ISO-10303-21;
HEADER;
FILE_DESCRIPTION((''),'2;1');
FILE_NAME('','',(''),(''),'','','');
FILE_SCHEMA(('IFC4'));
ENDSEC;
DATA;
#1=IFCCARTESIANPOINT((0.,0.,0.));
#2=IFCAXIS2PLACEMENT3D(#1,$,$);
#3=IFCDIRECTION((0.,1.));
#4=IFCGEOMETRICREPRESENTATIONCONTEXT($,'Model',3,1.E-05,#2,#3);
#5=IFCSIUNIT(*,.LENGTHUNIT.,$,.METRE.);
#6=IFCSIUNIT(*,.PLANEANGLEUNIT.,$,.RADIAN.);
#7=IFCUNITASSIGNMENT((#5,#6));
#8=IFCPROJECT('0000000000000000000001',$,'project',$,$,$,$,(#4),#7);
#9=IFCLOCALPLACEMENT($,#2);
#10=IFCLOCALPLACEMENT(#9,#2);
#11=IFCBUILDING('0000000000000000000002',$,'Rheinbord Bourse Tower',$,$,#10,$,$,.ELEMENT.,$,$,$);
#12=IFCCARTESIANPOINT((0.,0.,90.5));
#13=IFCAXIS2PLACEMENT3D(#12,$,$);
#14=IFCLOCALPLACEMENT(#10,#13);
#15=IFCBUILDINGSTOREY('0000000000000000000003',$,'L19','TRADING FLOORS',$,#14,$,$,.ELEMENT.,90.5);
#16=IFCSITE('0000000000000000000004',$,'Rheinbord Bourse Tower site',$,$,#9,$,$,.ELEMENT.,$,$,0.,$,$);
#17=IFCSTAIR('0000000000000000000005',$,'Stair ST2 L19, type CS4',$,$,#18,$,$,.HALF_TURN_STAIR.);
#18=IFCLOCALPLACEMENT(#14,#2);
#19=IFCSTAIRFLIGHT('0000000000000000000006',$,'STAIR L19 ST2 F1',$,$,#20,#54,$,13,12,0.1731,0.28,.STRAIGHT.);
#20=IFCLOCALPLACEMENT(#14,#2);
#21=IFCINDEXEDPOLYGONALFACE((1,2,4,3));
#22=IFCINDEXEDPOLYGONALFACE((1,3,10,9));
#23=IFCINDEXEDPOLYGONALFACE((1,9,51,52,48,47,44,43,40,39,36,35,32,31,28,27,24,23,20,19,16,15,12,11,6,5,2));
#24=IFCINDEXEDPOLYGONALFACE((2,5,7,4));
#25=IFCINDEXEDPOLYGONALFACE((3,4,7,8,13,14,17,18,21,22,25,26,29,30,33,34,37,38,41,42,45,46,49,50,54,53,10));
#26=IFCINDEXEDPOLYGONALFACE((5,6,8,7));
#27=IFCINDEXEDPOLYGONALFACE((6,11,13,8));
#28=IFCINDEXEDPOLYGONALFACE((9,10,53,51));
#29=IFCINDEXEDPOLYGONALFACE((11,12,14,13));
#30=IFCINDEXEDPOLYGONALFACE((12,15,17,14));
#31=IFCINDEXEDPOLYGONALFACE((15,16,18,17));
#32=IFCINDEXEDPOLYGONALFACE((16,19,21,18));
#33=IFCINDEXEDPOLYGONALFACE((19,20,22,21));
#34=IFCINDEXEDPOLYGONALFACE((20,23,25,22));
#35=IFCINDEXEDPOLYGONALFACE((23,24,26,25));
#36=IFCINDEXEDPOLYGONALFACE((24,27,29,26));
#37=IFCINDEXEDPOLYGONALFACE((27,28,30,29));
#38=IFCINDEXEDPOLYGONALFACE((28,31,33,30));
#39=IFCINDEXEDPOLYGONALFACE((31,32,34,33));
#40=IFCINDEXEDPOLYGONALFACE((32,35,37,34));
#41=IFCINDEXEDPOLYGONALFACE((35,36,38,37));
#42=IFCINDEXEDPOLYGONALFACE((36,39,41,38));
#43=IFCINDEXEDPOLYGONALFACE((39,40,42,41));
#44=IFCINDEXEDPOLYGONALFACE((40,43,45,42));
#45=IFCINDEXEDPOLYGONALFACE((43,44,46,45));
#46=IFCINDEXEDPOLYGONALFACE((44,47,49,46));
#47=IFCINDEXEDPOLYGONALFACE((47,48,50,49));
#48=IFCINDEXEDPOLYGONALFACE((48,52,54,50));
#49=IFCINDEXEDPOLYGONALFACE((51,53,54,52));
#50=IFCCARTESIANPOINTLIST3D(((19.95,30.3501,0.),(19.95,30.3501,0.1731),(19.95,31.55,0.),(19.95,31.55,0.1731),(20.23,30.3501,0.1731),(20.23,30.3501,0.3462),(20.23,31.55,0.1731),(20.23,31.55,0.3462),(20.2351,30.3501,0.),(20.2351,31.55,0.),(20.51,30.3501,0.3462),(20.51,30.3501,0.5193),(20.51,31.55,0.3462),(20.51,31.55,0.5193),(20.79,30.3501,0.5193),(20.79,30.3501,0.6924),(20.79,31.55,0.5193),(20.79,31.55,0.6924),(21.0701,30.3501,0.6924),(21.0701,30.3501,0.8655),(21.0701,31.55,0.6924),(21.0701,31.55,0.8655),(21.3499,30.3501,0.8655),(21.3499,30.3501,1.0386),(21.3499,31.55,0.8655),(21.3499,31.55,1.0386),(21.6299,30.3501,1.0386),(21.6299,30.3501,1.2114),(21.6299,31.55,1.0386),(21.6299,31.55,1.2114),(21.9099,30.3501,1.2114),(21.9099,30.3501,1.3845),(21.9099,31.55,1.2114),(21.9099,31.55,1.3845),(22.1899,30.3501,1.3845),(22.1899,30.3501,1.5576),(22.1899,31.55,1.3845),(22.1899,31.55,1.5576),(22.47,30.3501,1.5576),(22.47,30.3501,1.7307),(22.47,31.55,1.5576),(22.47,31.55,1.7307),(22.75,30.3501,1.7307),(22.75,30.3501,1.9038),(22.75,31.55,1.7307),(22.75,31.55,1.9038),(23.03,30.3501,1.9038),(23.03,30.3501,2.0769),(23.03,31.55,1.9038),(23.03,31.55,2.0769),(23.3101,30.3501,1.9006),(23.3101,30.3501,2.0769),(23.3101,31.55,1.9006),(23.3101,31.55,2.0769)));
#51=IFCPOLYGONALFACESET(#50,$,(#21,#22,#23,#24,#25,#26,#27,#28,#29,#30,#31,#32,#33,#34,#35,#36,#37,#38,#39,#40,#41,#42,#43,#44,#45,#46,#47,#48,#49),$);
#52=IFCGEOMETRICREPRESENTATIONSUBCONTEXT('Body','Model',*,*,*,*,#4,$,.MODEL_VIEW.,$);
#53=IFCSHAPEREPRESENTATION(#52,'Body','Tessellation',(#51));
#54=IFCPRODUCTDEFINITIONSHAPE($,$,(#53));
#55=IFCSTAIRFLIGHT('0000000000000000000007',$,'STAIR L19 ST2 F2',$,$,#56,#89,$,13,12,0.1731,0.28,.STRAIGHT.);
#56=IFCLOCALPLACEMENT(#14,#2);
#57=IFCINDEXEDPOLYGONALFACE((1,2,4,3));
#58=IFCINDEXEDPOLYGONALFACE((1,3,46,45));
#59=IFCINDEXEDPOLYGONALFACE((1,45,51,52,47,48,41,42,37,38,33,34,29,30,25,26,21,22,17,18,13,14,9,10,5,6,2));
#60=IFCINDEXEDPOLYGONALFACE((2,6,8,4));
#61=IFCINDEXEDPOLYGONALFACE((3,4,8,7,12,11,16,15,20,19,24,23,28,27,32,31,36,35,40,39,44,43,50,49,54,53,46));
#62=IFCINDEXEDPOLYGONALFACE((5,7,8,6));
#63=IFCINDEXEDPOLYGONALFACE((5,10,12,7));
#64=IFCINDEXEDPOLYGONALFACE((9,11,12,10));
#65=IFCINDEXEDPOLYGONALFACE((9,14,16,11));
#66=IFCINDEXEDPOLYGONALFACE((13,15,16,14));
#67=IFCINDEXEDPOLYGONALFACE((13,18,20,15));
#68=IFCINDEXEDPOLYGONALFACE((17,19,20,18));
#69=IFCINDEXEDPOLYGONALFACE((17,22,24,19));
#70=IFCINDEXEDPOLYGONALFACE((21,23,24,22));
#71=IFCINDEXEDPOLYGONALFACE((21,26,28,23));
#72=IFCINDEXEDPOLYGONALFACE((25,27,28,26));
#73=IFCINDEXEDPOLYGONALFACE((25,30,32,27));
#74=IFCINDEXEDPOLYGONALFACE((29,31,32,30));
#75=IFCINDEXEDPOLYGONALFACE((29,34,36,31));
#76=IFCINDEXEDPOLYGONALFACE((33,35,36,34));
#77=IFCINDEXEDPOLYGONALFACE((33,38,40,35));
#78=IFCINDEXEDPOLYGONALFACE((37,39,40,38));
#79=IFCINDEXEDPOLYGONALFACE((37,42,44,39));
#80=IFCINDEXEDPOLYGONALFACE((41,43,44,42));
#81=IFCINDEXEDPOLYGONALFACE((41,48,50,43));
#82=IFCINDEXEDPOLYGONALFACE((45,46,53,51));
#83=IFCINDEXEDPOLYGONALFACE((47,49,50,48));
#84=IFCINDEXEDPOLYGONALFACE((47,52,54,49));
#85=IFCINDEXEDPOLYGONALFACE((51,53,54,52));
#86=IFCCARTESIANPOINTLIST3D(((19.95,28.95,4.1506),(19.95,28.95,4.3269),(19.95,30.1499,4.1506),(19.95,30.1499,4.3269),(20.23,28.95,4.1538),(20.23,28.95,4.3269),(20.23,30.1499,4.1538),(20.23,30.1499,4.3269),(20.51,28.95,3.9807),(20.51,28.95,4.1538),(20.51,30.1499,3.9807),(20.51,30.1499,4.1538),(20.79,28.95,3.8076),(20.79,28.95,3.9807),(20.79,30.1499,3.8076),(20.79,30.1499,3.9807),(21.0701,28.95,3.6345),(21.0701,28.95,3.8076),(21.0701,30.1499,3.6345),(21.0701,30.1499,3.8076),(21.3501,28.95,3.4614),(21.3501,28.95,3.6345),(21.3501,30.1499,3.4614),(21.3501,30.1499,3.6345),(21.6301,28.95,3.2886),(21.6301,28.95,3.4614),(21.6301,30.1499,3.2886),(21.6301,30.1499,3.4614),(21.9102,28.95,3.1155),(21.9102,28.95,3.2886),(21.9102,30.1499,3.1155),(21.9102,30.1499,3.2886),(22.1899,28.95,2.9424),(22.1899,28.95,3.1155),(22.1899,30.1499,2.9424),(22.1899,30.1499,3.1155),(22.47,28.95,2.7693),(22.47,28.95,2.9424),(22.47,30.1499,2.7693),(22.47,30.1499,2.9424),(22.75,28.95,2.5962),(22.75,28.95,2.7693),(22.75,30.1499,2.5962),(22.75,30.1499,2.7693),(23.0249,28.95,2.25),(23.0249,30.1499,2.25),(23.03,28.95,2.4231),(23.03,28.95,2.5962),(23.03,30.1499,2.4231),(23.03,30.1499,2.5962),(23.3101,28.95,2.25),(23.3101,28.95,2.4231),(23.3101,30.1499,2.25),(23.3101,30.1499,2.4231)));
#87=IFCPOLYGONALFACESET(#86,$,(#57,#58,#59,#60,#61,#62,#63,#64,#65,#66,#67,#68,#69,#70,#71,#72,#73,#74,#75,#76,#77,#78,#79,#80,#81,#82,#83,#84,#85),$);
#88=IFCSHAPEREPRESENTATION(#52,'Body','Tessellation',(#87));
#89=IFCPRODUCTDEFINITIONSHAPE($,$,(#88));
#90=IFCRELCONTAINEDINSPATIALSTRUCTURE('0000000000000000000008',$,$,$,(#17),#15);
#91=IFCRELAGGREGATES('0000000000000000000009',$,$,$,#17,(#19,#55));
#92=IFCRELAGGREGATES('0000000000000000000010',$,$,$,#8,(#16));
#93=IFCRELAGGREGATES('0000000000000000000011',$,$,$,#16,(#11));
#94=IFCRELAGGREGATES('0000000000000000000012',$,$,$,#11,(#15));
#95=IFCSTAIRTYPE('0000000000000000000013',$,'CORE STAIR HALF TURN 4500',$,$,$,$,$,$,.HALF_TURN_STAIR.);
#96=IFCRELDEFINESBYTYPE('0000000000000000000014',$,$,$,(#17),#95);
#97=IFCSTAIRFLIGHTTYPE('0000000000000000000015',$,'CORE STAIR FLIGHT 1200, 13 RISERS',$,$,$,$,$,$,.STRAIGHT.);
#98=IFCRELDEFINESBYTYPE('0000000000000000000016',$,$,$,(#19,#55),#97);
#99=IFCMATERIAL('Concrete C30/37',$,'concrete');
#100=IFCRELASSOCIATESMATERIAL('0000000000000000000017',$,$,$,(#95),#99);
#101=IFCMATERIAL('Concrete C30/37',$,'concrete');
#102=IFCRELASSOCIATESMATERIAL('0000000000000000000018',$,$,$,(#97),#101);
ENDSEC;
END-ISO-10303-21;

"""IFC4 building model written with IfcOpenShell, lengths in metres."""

from ifc_helpers import new_model, si_unit, direction, frame, origin, place, context, subcontext, project, spatial, polyline, outline, extrude, material, type_object, element, aggregate, save


model = new_model("IFC4")

# Units and contexts
model_context = context("Model", 3, precision=1e-05, world=origin(), true_north=direction((0.0, 1.0)))
body_context = subcontext(model_context, "Body", "Model", "MODEL_VIEW")
ifc_project = project(units=[si_unit("LENGTHUNIT", "METRE"), si_unit("PLANEANGLEUNIT", "RADIAN")], contexts=[model_context])

# Site, building, storey
site_placement = place(None, origin())
site = spatial("IfcSite", under=ifc_project, at=site_placement, Name="Rheinbord Bourse Tower site", CompositionType="ELEMENT", RefElevation=0.0)
building_placement = place(site_placement, origin())
building = spatial("IfcBuilding", under=site, at=building_placement, Name="Rheinbord Bourse Tower", CompositionType="ELEMENT")
storey_placement = place(building_placement, frame((0.0, 0.0, 90.5)))
storey = spatial("IfcBuildingStorey", under=building, at=storey_placement, Name="L19", Description="TRADING FLOORS", CompositionType="ELEMENT", Elevation=90.5)

# Stair, stair flights
ifc_material_1 = material(Name="Concrete C30/37", Category="concrete")
stair_type = type_object("IfcStairType", Name="CORE STAIR HALF TURN 4500", PredefinedType="HALF_TURN_STAIR", material=ifc_material_1)
stair_placement = place(storey_placement, origin())
stair = element("IfcStair", 1, at=stair_placement, inside=storey, type_object=stair_type, Name="Stair ST2 L19, type CS4", PredefinedType="HALF_TURN_STAIR")
ifc_material_2 = material(Name="Concrete C30/37", Category="concrete")
stair_flight_type = type_object("IfcStairFlightType", Name="CORE STAIR FLIGHT 1200, 13 RISERS", PredefinedType="STRAIGHT", material=ifc_material_2)
stair_flight_1_placement = place(storey_placement, frame((19.95, 30.95, 0.0), z_axis=(0.0, 0.0, 1.0), x_axis=(1.0, 0.0, 0.0)))
stair_flight_1 = element("IfcStairFlight", 2, at=stair_flight_1_placement, type_object=stair_flight_type, Name="STAIR L19 ST2 F1", NumberOfRisers=13, NumberOfTreads=12, PredefinedType="STRAIGHT", RiserHeight=0.1731, TreadLength=0.28, context=body_context, shape_type="SweptSolid", body=[
    extrude(outline(polyline([(0.0, 0.0), (0.0, 0.1731), (0.28, 0.1731), (0.28, 0.3462), (0.5601, 0.3462), (0.5601, 0.5193), (0.8401, 0.5193), (0.8401, 0.6924), (1.1201, 0.6924), (1.1201, 0.8655), (1.3999, 0.8655), (1.3999, 1.0386), (1.6799, 1.0386), (1.6799, 1.2114), (1.96, 1.2114), (1.96, 1.3845), (2.24, 1.3845), (2.24, 1.5576), (2.52, 1.5576), (2.52, 1.7307), (2.8, 1.7307), (2.8, 1.9038), (3.0801, 1.9038), (3.0801, 2.0769), (3.3601, 2.0769), (3.3601, 2.25), (3.3601, 1.9006), (0.2852, 0.0), (0.0, 0.0)])), frame((0.0, 0.6001, 0.0), z_axis=(0.0, -1.0, 0.0), x_axis=(1.0, 0.0, 0.0)), (0.0, 0.0, 1.0), 1.2),
])
stair_flight_2_placement = place(storey_placement, frame((23.3101, 29.55, 2.25), z_axis=(0.0, 0.0, 1.0), x_axis=(-1.0, 0.0, 0.0)))
stair_flight_2 = element("IfcStairFlight", 3, at=stair_flight_2_placement, type_object=stair_flight_type, Name="STAIR L19 ST2 F2", NumberOfRisers=13, NumberOfTreads=12, PredefinedType="STRAIGHT", RiserHeight=0.1731, TreadLength=0.28, context=body_context, shape_type="SweptSolid", body=[
    extrude(outline(polyline([(0.0, 0.0), (0.0, 0.1731), (0.28, 0.1731), (0.28, 0.3462), (0.5601, 0.3462), (0.5601, 0.5193), (0.8401, 0.5193), (0.8401, 0.6924), (1.1201, 0.6924), (1.1201, 0.8655), (1.3999, 0.8655), (1.3999, 1.0386), (1.6799, 1.0386), (1.6799, 1.2114), (1.96, 1.2114), (1.96, 1.3845), (2.24, 1.3845), (2.24, 1.5576), (2.52, 1.5576), (2.52, 1.7307), (2.8, 1.7307), (2.8, 1.9038), (3.0801, 1.9038), (3.0801, 2.0769), (3.3601, 2.0769), (3.3601, 2.25), (3.3601, 1.9006), (0.2852, 0.0), (0.0, 0.0)])), frame((0.0, 0.6001, 0.0), z_axis=(0.0, -1.0, 0.0), x_axis=(1.0, 0.0, 0.0)), (0.0, 0.0, 1.0), 1.2),
])
aggregate(stair, [stair_flight_1, stair_flight_2])

save(model, "model.ifc")
